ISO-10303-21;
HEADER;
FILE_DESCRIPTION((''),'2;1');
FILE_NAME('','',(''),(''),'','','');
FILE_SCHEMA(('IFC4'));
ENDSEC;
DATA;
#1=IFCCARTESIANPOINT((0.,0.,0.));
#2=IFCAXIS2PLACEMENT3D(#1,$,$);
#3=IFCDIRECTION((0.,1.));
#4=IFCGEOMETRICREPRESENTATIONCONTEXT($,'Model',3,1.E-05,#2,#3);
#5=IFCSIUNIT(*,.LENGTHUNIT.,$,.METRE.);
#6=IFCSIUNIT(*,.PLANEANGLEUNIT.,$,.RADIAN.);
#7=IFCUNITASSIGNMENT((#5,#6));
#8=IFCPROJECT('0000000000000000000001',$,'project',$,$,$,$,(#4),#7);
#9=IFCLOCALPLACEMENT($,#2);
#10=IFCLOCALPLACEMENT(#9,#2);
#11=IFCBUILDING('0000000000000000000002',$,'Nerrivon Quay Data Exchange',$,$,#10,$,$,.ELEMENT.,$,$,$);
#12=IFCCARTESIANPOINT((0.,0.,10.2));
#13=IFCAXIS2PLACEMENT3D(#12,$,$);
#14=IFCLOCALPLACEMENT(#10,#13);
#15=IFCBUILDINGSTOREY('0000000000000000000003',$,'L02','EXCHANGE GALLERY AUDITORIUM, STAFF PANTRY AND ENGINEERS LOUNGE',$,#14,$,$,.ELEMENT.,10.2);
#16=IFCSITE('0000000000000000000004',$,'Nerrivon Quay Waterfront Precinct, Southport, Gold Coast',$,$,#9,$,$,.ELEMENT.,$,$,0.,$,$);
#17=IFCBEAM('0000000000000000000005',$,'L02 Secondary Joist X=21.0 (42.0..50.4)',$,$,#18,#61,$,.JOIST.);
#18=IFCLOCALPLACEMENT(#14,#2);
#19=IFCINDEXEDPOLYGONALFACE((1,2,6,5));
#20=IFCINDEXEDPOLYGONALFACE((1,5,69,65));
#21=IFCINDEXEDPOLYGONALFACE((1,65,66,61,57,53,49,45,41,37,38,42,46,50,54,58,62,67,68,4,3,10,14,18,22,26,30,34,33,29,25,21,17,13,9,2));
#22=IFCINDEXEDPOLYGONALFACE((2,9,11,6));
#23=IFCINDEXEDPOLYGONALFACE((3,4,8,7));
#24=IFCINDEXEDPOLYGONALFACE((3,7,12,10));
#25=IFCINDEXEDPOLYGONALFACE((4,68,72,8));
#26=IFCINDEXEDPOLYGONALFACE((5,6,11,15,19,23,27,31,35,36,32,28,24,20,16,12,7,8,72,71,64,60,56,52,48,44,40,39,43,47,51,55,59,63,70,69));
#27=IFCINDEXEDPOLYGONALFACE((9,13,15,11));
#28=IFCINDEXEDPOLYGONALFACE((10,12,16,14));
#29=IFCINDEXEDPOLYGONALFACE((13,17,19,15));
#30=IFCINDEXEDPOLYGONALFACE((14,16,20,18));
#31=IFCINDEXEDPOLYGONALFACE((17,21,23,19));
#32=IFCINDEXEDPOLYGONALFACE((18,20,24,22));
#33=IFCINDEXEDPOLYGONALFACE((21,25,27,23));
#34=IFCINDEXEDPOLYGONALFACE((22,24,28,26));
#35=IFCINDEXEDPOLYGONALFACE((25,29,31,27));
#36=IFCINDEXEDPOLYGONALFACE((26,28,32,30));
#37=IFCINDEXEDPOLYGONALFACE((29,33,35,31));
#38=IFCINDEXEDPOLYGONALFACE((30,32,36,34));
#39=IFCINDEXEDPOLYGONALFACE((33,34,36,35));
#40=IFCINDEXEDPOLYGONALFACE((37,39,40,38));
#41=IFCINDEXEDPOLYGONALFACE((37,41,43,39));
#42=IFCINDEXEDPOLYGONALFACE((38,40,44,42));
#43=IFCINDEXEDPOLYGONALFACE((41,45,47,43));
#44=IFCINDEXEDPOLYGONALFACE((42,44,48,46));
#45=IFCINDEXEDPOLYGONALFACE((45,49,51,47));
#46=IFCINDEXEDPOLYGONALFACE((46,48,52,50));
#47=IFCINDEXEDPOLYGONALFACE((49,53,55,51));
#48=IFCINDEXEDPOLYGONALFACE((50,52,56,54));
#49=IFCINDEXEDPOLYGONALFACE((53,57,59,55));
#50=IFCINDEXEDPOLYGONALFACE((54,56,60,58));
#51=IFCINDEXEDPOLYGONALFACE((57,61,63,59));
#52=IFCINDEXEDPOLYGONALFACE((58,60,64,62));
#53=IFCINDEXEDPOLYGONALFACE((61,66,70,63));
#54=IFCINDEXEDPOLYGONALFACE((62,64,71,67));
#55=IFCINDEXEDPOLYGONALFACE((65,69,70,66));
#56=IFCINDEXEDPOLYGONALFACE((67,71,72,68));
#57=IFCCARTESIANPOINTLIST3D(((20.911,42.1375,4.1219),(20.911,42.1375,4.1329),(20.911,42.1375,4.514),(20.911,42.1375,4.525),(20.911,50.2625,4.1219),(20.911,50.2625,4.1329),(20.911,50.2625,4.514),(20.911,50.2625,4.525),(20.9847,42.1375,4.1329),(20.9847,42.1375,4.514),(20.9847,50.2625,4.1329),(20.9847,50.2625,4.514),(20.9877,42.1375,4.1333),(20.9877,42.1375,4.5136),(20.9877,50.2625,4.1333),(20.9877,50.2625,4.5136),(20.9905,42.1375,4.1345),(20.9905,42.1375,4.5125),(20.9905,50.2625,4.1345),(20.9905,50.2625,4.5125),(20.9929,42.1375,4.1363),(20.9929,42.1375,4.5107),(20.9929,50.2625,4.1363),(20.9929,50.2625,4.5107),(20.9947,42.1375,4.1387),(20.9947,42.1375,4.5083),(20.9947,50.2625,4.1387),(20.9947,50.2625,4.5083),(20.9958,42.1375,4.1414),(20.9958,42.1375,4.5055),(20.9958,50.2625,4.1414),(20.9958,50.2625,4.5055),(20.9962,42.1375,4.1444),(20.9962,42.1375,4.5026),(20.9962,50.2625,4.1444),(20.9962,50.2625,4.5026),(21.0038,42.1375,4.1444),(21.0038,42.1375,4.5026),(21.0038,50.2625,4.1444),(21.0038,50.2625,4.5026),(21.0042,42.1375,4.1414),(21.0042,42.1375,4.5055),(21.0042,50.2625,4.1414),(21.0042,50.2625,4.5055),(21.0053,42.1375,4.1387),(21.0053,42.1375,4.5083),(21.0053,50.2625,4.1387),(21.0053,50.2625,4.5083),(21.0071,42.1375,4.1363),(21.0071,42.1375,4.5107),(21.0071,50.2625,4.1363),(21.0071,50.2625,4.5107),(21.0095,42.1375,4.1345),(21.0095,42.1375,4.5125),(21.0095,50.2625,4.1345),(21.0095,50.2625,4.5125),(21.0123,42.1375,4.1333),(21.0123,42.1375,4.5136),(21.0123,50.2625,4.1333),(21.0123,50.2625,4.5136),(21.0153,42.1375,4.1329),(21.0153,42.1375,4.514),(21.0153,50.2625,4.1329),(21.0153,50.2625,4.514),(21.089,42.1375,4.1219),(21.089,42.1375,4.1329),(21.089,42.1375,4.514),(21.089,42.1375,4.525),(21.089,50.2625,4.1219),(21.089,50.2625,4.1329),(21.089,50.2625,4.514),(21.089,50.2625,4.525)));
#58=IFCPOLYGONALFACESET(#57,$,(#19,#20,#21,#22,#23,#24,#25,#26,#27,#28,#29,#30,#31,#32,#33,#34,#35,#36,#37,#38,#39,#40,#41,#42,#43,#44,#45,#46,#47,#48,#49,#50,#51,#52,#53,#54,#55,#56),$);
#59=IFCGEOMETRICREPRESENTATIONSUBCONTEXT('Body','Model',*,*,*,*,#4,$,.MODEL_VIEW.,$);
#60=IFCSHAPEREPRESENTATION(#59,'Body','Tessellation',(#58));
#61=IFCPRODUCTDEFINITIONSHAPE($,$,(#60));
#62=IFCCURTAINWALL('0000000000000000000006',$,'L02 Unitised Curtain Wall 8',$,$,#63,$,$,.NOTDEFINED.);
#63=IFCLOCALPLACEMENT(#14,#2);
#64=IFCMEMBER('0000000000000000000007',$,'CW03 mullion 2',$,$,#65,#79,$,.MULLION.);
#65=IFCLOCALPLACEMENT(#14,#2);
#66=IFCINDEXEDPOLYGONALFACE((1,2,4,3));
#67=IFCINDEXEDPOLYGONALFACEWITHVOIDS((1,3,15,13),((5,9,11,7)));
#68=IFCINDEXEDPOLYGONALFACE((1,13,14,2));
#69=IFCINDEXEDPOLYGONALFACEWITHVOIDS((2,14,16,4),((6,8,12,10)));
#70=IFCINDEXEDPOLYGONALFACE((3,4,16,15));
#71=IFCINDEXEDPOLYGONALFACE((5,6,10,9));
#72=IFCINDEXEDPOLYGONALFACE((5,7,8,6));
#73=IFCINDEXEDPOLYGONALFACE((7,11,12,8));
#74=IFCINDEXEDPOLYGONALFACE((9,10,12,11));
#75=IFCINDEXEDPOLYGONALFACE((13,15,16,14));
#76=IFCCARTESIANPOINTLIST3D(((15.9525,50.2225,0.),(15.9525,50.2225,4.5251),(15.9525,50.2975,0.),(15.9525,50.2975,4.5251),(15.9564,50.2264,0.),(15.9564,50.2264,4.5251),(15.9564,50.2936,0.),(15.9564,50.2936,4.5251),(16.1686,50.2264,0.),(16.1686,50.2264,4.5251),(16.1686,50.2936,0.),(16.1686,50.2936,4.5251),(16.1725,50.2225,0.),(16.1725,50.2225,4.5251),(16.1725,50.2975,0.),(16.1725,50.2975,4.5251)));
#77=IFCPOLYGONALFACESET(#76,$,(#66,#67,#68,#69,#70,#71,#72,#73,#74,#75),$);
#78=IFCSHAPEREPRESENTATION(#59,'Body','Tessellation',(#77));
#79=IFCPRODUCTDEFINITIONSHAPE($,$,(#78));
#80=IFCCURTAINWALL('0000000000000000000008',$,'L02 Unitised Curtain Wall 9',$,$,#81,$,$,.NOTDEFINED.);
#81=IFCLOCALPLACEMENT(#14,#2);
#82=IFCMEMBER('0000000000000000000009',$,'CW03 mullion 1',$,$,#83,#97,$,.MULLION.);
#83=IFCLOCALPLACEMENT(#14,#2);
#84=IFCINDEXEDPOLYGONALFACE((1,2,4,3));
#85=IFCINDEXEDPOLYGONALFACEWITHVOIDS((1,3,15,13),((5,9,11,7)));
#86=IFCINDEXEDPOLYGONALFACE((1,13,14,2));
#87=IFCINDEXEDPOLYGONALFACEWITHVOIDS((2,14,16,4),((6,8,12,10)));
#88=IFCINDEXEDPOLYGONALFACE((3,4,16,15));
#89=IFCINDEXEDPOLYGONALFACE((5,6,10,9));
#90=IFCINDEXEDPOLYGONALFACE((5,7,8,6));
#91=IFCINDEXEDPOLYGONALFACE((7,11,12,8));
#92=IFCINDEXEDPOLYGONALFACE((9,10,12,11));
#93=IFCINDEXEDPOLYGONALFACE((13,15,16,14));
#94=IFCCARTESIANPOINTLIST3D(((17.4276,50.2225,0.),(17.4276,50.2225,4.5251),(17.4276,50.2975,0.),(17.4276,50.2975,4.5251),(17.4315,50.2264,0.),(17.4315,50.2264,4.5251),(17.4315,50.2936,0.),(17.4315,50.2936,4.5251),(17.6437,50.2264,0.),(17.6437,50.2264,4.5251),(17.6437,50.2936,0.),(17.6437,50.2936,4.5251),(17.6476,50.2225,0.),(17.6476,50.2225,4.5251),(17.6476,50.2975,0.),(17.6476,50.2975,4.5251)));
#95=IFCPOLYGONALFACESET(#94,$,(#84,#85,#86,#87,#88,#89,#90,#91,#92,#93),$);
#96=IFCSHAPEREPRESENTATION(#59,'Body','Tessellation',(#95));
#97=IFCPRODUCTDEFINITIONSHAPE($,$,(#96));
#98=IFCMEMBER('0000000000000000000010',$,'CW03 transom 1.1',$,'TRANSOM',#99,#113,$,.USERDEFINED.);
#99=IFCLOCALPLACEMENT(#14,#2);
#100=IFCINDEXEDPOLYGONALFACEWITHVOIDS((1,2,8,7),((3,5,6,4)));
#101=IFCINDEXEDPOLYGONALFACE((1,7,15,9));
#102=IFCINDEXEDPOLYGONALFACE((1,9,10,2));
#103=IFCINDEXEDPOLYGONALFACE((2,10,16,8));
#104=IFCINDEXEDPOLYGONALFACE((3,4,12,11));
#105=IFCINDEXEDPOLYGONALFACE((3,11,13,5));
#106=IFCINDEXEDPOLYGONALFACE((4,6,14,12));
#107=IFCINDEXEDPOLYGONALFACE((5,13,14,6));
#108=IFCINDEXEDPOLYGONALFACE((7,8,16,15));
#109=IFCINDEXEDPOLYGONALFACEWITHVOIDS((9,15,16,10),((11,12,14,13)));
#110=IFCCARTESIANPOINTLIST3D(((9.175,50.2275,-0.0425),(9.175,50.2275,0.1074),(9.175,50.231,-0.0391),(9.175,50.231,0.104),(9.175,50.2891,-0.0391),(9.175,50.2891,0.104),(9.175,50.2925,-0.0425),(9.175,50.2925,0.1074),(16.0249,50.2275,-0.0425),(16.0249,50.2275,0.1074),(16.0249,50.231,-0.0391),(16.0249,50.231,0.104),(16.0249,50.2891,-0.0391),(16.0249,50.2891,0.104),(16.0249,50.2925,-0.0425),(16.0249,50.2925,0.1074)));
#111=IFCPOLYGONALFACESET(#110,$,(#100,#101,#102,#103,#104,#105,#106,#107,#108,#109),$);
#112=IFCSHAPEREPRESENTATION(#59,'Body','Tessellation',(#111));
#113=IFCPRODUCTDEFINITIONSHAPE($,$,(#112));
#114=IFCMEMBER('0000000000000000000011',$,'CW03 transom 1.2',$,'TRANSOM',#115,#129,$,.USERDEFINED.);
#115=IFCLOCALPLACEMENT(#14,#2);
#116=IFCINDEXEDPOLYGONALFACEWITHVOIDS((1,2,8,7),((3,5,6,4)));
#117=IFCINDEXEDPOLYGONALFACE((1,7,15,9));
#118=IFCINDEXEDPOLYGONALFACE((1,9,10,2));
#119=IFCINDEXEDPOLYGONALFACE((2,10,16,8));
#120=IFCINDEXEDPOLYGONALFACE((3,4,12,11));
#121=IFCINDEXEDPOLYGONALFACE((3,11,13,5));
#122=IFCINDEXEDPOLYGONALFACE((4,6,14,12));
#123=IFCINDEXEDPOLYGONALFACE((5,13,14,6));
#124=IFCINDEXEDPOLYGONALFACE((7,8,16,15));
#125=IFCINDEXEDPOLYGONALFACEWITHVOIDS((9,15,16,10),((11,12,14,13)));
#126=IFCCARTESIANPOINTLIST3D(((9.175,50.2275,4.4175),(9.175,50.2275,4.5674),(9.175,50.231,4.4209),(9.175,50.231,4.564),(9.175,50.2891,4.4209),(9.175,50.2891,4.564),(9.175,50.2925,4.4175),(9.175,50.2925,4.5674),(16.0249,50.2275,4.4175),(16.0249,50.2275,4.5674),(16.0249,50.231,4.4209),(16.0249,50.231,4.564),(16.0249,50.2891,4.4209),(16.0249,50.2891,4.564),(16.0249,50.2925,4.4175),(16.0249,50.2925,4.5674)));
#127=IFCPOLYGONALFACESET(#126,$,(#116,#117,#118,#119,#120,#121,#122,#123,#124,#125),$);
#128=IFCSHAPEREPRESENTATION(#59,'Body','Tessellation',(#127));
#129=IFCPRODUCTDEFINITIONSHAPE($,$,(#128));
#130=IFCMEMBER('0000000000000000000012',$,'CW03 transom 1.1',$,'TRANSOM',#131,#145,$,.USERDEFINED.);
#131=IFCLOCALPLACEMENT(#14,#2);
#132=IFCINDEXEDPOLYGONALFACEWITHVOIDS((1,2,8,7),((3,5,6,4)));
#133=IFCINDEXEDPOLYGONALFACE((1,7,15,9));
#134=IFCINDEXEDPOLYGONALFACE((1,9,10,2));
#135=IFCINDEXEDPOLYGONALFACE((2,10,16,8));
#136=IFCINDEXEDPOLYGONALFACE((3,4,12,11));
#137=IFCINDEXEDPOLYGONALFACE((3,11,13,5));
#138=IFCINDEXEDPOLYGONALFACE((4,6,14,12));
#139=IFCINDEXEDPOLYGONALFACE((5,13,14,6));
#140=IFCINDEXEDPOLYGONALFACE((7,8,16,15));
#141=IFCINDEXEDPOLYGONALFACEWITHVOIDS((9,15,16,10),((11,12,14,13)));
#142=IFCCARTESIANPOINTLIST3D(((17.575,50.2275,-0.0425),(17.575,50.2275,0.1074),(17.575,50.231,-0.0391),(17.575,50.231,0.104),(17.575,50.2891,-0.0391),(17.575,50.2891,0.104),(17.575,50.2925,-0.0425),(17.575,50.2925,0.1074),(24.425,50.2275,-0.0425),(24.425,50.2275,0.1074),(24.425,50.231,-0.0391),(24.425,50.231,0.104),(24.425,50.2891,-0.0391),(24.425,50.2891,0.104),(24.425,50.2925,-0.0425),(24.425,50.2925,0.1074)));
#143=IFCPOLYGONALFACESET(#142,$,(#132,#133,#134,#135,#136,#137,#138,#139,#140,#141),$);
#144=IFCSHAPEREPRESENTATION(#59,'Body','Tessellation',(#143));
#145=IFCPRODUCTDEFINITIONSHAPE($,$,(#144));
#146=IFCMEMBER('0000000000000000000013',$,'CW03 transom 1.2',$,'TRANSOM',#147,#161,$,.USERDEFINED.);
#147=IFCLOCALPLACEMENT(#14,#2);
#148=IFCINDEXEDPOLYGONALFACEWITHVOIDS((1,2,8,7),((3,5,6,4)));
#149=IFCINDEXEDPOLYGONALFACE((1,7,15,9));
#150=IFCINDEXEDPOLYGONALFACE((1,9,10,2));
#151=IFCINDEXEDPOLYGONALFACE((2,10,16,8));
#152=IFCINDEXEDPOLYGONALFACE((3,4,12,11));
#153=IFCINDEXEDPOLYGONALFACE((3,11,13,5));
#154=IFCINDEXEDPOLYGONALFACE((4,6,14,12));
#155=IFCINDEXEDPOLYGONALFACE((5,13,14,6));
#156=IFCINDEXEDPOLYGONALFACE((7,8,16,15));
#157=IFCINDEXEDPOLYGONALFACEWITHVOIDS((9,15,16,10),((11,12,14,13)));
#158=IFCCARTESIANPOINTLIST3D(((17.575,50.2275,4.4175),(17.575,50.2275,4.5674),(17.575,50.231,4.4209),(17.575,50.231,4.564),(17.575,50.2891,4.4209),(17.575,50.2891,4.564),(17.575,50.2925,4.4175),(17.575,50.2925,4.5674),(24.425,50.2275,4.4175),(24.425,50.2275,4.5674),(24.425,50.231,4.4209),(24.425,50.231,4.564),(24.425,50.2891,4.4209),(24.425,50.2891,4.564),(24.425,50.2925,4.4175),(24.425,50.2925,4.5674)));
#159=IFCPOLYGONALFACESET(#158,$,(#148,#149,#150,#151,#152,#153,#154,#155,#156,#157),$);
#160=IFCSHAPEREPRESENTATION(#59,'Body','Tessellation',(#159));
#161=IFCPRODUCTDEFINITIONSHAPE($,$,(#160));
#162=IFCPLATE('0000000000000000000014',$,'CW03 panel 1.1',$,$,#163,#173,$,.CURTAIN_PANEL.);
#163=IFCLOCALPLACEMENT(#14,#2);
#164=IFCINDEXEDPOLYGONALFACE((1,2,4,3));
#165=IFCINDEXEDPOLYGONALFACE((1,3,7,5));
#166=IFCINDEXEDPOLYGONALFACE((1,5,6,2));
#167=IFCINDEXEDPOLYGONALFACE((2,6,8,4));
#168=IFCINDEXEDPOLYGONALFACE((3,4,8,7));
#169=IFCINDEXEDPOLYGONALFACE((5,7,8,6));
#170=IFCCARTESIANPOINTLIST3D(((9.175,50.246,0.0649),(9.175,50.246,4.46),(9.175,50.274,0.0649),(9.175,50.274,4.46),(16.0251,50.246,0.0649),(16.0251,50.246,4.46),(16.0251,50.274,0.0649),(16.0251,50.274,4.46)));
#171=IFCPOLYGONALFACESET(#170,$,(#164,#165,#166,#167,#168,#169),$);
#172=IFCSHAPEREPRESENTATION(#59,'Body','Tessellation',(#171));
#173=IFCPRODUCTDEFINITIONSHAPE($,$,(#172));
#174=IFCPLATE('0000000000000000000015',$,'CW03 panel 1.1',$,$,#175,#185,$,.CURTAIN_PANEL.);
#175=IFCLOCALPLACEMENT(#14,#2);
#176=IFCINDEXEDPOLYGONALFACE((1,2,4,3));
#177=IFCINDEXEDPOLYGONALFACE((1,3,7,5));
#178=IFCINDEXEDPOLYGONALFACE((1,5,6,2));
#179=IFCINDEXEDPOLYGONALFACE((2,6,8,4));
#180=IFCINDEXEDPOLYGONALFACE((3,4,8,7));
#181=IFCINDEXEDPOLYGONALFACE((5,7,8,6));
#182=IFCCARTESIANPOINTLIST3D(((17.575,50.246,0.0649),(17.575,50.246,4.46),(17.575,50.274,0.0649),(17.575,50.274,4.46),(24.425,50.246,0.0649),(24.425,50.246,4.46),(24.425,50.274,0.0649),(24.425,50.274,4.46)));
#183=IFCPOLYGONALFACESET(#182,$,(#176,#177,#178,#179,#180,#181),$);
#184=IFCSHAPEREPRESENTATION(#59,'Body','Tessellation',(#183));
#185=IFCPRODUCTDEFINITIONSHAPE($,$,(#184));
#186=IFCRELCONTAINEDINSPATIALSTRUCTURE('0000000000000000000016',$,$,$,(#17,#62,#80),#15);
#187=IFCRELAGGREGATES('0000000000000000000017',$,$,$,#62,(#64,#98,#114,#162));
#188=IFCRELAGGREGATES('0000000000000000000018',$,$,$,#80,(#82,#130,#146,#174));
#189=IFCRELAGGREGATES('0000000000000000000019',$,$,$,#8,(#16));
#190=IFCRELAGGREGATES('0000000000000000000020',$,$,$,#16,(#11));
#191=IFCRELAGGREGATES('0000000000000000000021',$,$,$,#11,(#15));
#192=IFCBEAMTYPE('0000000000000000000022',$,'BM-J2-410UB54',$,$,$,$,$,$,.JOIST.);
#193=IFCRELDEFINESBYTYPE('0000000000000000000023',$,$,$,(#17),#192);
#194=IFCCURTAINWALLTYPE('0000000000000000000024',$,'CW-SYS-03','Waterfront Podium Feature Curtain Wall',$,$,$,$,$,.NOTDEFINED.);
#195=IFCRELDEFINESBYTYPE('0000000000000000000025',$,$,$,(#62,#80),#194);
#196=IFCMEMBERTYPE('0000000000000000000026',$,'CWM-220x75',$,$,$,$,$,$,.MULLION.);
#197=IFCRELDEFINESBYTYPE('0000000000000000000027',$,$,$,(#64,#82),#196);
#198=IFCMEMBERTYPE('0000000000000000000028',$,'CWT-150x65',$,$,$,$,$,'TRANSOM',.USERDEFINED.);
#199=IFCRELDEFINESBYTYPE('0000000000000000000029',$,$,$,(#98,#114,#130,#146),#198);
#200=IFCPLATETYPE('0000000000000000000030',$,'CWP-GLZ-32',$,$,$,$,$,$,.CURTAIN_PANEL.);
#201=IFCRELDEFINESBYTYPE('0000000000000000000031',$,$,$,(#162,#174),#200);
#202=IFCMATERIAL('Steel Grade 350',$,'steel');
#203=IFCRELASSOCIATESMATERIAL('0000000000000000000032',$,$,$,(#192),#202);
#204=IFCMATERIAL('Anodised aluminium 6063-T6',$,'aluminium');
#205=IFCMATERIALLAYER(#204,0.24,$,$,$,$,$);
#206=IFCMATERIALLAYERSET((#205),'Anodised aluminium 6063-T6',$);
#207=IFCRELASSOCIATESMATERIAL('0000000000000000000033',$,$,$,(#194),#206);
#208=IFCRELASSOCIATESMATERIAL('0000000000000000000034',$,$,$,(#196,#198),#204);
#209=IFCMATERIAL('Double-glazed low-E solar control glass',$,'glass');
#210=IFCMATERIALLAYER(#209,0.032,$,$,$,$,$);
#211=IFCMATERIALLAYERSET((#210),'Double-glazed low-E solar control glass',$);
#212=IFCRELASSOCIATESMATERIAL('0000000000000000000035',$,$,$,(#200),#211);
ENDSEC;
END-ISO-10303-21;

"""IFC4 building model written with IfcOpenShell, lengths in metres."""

from ifc_helpers import new_model, si_unit, direction, frame, origin, origin_2d, place, context, subcontext, project, spatial, rectangle, hollow_rectangle, i_section, extrude, material, layer, layer_set, material_profile, profile_set, type_object, element, aggregate, save


model = new_model("IFC4")

# Units and contexts
model_context = context("Model", 3, precision=1e-05, world=origin(), true_north=direction((0.0, 1.0)))
body_context = subcontext(model_context, "Body", "Model", "MODEL_VIEW")
ifc_project = project(units=[si_unit("LENGTHUNIT", "METRE"), si_unit("PLANEANGLEUNIT", "RADIAN")], contexts=[model_context])

# Site, building, storey
site_placement = place(None, origin())
site = spatial("IfcSite", under=ifc_project, at=site_placement, Name="Nerrivon Quay Waterfront Precinct, Southport, Gold Coast", CompositionType="ELEMENT", RefElevation=0.0)
building_placement = place(site_placement, origin())
building = spatial("IfcBuilding", under=site, at=building_placement, Name="Nerrivon Quay Data Exchange", CompositionType="ELEMENT")
storey_placement = place(building_placement, frame((0.0, 0.0, 10.2)))
storey = spatial("IfcBuildingStorey", under=building, at=storey_placement, Name="L02", Description="EXCHANGE GALLERY AUDITORIUM, STAFF PANTRY AND ENGINEERS LOUNGE", CompositionType="ELEMENT", Elevation=10.2)

# Beam
ifc_material_1 = material(Name="Steel Grade 350", Category="steel")
ifc_material_profile_1 = material_profile(ifc_material_1, i_section(OverallWidth=0.178, OverallDepth=0.4031, WebThickness=0.0076, FlangeThickness=0.011, FilletRadius=0.0115, at=origin_2d()), Name="410UB53.7")
ifc_profile_set_1 = profile_set([ifc_material_profile_1], Name="Steel Grade 350")
beam_type_1 = type_object("IfcBeamType", Name="BM-J2-410UB54", PredefinedType="JOIST", material=ifc_profile_set_1)
for number, where, z_axis, x_axis, name in (
    (1, (21.0, 42.1375, 4.3235), (0.0, 1.0, 0.0), (-1.0, 0.0, 0.0), "L02 Secondary Joist X=21.0 (42.0..50.4)"),
):
    element("IfcBeam", number, at=place(storey_placement, frame(where, z_axis=z_axis, x_axis=x_axis)), inside=storey, type_object=beam_type_1, Name=name, PredefinedType="JOIST", context=body_context, shape_type="SweptSolid", body=[
        extrude(i_section(OverallWidth=0.178, OverallDepth=0.4031, WebThickness=0.0076, FlangeThickness=0.011, FilletRadius=0.0115, at=origin_2d()), origin(), (0.0, 0.0, 1.0), 8.125),
    ])

# Curtain walls, members
ifc_material_2 = material(Name="Anodised aluminium 6063-T6", Category="aluminium")
ifc_layer_1 = layer(ifc_material_2, 0.24)
ifc_layer_set_1 = layer_set([ifc_layer_1], Name="Anodised aluminium 6063-T6")
curtain_wall_type = type_object("IfcCurtainWallType", Name="CW-SYS-03", Description="Waterfront Podium Feature Curtain Wall", PredefinedType="NOTDEFINED", material=ifc_layer_set_1)
curtain_wall_1_placement = place(storey_placement, origin())
curtain_wall_1 = element("IfcCurtainWall", 2, at=curtain_wall_1_placement, inside=storey, type_object=curtain_wall_type, Name="L02 Unitised Curtain Wall 8", PredefinedType="NOTDEFINED")
ifc_material_profile_2 = material_profile(ifc_material_2, hollow_rectangle(XDim=0.075, YDim=0.22, WallThickness=0.0039, at=origin_2d()), Name="ALU-MULL-220x75")
ifc_profile_set_2 = profile_set([ifc_material_profile_2], Name="Anodised aluminium 6063-T6")
member_type_1 = type_object("IfcMemberType", Name="CWM-220x75", PredefinedType="MULLION", material=ifc_profile_set_2)
member_1_placement = place(storey_placement, frame((16.0625, 50.26, 0.0), z_axis=(0.0, 0.0, 1.0), x_axis=(0.0, 1.0, 0.0)))
member_1 = element("IfcMember", 3, at=member_1_placement, type_object=member_type_1, Name="CW03 mullion 2", PredefinedType="MULLION", context=body_context, shape_type="SweptSolid", body=[
    extrude(hollow_rectangle(XDim=0.075, YDim=0.22, WallThickness=0.0039, at=origin_2d()), origin(), (0.0, 0.0, 1.0), 4.5251),
])
curtain_wall_2_placement = place(storey_placement, origin())
curtain_wall_2 = element("IfcCurtainWall", 4, at=curtain_wall_2_placement, inside=storey, type_object=curtain_wall_type, Name="L02 Unitised Curtain Wall 9", PredefinedType="NOTDEFINED")
member_2_placement = place(storey_placement, frame((17.5376, 50.26, 0.0), z_axis=(0.0, 0.0, 1.0), x_axis=(0.0, 1.0, 0.0)))
member_2 = element("IfcMember", 5, at=member_2_placement, type_object=member_type_1, Name="CW03 mullion 1", PredefinedType="MULLION", context=body_context, shape_type="SweptSolid", body=[
    extrude(hollow_rectangle(XDim=0.075, YDim=0.22, WallThickness=0.0039, at=origin_2d()), origin(), (0.0, 0.0, 1.0), 4.5251),
])

# Members
ifc_material_profile_3 = material_profile(ifc_material_2, hollow_rectangle(XDim=0.0649, YDim=0.1499, WallThickness=0.0034, at=origin_2d()), Name="ALU-TRAN-150x65")
ifc_profile_set_3 = profile_set([ifc_material_profile_3], Name="Anodised aluminium 6063-T6")
member_type_2 = type_object("IfcMemberType", Name="CWT-150x65", ElementType="TRANSOM", PredefinedType="USERDEFINED", material=ifc_profile_set_3)
member_3_placement = place(storey_placement, frame((9.175, 50.26, 0.0325), z_axis=(1.0, 0.0, 0.0), x_axis=(0.0, 1.0, 0.0)))
member_3 = element("IfcMember", 6, at=member_3_placement, type_object=member_type_2, Name="CW03 transom 1.1", ObjectType="TRANSOM", PredefinedType="USERDEFINED", context=body_context, shape_type="SweptSolid", body=[
    extrude(hollow_rectangle(XDim=0.0649, YDim=0.1499, WallThickness=0.0034, at=origin_2d()), origin(), (0.0, 0.0, 1.0), 6.8499),
])
member_4_placement = place(storey_placement, frame((9.175, 50.26, 4.4924), z_axis=(1.0, 0.0, 0.0), x_axis=(0.0, 1.0, 0.0)))
member_4 = element("IfcMember", 7, at=member_4_placement, type_object=member_type_2, Name="CW03 transom 1.2", ObjectType="TRANSOM", PredefinedType="USERDEFINED", context=body_context, shape_type="SweptSolid", body=[
    extrude(hollow_rectangle(XDim=0.0649, YDim=0.1499, WallThickness=0.0034, at=origin_2d()), origin(), (0.0, 0.0, 1.0), 6.8499),
])
member_5_placement = place(storey_placement, frame((17.575, 50.26, 0.0325), z_axis=(1.0, 0.0, 0.0), x_axis=(0.0, 1.0, 0.0)))
member_5 = element("IfcMember", 8, at=member_5_placement, type_object=member_type_2, Name="CW03 transom 1.1", ObjectType="TRANSOM", PredefinedType="USERDEFINED", context=body_context, shape_type="SweptSolid", body=[
    extrude(hollow_rectangle(XDim=0.0649, YDim=0.1499, WallThickness=0.0034, at=origin_2d()), origin(), (0.0, 0.0, 1.0), 6.8501),
])
member_6_placement = place(storey_placement, frame((17.575, 50.26, 4.4924), z_axis=(1.0, 0.0, 0.0), x_axis=(0.0, 1.0, 0.0)))
member_6 = element("IfcMember", 9, at=member_6_placement, type_object=member_type_2, Name="CW03 transom 1.2", ObjectType="TRANSOM", PredefinedType="USERDEFINED", context=body_context, shape_type="SweptSolid", body=[
    extrude(hollow_rectangle(XDim=0.0649, YDim=0.1499, WallThickness=0.0034, at=origin_2d()), origin(), (0.0, 0.0, 1.0), 6.8501),
])

# Plates
ifc_material_3 = material(Name="Double-glazed low-E solar control glass", Category="glass")
ifc_layer_2 = layer(ifc_material_3, 0.032)
ifc_layer_set_2 = layer_set([ifc_layer_2], Name="Double-glazed low-E solar control glass")
plate_type = type_object("IfcPlateType", Name="CWP-GLZ-32", PredefinedType="CURTAIN_PANEL", material=ifc_layer_set_2)
plate_1_placement = place(storey_placement, frame((12.6001, 50.26, 0.0649), z_axis=(0.0, 0.0, 1.0), x_axis=(1.0, 0.0, 0.0)))
plate_1 = element("IfcPlate", 10, at=plate_1_placement, type_object=plate_type, Name="CW03 panel 1.1", PredefinedType="CURTAIN_PANEL", context=body_context, shape_type="SweptSolid", body=[
    extrude(rectangle(XDim=6.8501, YDim=0.0281, at=origin_2d()), origin(), (0.0, 0.0, 1.0), 4.395),
])
aggregate(curtain_wall_1, [member_1, member_3, member_4, plate_1])
plate_2_placement = place(storey_placement, frame((21.0, 50.26, 0.0649), z_axis=(0.0, 0.0, 1.0), x_axis=(1.0, 0.0, 0.0)))
plate_2 = element("IfcPlate", 11, at=plate_2_placement, type_object=plate_type, Name="CW03 panel 1.1", PredefinedType="CURTAIN_PANEL", context=body_context, shape_type="SweptSolid", body=[
    extrude(rectangle(XDim=6.8501, YDim=0.0281, at=origin_2d()), origin(), (0.0, 0.0, 1.0), 4.395),
])
aggregate(curtain_wall_2, [member_2, member_5, member_6, plate_2])

save(model, "model.ifc")
